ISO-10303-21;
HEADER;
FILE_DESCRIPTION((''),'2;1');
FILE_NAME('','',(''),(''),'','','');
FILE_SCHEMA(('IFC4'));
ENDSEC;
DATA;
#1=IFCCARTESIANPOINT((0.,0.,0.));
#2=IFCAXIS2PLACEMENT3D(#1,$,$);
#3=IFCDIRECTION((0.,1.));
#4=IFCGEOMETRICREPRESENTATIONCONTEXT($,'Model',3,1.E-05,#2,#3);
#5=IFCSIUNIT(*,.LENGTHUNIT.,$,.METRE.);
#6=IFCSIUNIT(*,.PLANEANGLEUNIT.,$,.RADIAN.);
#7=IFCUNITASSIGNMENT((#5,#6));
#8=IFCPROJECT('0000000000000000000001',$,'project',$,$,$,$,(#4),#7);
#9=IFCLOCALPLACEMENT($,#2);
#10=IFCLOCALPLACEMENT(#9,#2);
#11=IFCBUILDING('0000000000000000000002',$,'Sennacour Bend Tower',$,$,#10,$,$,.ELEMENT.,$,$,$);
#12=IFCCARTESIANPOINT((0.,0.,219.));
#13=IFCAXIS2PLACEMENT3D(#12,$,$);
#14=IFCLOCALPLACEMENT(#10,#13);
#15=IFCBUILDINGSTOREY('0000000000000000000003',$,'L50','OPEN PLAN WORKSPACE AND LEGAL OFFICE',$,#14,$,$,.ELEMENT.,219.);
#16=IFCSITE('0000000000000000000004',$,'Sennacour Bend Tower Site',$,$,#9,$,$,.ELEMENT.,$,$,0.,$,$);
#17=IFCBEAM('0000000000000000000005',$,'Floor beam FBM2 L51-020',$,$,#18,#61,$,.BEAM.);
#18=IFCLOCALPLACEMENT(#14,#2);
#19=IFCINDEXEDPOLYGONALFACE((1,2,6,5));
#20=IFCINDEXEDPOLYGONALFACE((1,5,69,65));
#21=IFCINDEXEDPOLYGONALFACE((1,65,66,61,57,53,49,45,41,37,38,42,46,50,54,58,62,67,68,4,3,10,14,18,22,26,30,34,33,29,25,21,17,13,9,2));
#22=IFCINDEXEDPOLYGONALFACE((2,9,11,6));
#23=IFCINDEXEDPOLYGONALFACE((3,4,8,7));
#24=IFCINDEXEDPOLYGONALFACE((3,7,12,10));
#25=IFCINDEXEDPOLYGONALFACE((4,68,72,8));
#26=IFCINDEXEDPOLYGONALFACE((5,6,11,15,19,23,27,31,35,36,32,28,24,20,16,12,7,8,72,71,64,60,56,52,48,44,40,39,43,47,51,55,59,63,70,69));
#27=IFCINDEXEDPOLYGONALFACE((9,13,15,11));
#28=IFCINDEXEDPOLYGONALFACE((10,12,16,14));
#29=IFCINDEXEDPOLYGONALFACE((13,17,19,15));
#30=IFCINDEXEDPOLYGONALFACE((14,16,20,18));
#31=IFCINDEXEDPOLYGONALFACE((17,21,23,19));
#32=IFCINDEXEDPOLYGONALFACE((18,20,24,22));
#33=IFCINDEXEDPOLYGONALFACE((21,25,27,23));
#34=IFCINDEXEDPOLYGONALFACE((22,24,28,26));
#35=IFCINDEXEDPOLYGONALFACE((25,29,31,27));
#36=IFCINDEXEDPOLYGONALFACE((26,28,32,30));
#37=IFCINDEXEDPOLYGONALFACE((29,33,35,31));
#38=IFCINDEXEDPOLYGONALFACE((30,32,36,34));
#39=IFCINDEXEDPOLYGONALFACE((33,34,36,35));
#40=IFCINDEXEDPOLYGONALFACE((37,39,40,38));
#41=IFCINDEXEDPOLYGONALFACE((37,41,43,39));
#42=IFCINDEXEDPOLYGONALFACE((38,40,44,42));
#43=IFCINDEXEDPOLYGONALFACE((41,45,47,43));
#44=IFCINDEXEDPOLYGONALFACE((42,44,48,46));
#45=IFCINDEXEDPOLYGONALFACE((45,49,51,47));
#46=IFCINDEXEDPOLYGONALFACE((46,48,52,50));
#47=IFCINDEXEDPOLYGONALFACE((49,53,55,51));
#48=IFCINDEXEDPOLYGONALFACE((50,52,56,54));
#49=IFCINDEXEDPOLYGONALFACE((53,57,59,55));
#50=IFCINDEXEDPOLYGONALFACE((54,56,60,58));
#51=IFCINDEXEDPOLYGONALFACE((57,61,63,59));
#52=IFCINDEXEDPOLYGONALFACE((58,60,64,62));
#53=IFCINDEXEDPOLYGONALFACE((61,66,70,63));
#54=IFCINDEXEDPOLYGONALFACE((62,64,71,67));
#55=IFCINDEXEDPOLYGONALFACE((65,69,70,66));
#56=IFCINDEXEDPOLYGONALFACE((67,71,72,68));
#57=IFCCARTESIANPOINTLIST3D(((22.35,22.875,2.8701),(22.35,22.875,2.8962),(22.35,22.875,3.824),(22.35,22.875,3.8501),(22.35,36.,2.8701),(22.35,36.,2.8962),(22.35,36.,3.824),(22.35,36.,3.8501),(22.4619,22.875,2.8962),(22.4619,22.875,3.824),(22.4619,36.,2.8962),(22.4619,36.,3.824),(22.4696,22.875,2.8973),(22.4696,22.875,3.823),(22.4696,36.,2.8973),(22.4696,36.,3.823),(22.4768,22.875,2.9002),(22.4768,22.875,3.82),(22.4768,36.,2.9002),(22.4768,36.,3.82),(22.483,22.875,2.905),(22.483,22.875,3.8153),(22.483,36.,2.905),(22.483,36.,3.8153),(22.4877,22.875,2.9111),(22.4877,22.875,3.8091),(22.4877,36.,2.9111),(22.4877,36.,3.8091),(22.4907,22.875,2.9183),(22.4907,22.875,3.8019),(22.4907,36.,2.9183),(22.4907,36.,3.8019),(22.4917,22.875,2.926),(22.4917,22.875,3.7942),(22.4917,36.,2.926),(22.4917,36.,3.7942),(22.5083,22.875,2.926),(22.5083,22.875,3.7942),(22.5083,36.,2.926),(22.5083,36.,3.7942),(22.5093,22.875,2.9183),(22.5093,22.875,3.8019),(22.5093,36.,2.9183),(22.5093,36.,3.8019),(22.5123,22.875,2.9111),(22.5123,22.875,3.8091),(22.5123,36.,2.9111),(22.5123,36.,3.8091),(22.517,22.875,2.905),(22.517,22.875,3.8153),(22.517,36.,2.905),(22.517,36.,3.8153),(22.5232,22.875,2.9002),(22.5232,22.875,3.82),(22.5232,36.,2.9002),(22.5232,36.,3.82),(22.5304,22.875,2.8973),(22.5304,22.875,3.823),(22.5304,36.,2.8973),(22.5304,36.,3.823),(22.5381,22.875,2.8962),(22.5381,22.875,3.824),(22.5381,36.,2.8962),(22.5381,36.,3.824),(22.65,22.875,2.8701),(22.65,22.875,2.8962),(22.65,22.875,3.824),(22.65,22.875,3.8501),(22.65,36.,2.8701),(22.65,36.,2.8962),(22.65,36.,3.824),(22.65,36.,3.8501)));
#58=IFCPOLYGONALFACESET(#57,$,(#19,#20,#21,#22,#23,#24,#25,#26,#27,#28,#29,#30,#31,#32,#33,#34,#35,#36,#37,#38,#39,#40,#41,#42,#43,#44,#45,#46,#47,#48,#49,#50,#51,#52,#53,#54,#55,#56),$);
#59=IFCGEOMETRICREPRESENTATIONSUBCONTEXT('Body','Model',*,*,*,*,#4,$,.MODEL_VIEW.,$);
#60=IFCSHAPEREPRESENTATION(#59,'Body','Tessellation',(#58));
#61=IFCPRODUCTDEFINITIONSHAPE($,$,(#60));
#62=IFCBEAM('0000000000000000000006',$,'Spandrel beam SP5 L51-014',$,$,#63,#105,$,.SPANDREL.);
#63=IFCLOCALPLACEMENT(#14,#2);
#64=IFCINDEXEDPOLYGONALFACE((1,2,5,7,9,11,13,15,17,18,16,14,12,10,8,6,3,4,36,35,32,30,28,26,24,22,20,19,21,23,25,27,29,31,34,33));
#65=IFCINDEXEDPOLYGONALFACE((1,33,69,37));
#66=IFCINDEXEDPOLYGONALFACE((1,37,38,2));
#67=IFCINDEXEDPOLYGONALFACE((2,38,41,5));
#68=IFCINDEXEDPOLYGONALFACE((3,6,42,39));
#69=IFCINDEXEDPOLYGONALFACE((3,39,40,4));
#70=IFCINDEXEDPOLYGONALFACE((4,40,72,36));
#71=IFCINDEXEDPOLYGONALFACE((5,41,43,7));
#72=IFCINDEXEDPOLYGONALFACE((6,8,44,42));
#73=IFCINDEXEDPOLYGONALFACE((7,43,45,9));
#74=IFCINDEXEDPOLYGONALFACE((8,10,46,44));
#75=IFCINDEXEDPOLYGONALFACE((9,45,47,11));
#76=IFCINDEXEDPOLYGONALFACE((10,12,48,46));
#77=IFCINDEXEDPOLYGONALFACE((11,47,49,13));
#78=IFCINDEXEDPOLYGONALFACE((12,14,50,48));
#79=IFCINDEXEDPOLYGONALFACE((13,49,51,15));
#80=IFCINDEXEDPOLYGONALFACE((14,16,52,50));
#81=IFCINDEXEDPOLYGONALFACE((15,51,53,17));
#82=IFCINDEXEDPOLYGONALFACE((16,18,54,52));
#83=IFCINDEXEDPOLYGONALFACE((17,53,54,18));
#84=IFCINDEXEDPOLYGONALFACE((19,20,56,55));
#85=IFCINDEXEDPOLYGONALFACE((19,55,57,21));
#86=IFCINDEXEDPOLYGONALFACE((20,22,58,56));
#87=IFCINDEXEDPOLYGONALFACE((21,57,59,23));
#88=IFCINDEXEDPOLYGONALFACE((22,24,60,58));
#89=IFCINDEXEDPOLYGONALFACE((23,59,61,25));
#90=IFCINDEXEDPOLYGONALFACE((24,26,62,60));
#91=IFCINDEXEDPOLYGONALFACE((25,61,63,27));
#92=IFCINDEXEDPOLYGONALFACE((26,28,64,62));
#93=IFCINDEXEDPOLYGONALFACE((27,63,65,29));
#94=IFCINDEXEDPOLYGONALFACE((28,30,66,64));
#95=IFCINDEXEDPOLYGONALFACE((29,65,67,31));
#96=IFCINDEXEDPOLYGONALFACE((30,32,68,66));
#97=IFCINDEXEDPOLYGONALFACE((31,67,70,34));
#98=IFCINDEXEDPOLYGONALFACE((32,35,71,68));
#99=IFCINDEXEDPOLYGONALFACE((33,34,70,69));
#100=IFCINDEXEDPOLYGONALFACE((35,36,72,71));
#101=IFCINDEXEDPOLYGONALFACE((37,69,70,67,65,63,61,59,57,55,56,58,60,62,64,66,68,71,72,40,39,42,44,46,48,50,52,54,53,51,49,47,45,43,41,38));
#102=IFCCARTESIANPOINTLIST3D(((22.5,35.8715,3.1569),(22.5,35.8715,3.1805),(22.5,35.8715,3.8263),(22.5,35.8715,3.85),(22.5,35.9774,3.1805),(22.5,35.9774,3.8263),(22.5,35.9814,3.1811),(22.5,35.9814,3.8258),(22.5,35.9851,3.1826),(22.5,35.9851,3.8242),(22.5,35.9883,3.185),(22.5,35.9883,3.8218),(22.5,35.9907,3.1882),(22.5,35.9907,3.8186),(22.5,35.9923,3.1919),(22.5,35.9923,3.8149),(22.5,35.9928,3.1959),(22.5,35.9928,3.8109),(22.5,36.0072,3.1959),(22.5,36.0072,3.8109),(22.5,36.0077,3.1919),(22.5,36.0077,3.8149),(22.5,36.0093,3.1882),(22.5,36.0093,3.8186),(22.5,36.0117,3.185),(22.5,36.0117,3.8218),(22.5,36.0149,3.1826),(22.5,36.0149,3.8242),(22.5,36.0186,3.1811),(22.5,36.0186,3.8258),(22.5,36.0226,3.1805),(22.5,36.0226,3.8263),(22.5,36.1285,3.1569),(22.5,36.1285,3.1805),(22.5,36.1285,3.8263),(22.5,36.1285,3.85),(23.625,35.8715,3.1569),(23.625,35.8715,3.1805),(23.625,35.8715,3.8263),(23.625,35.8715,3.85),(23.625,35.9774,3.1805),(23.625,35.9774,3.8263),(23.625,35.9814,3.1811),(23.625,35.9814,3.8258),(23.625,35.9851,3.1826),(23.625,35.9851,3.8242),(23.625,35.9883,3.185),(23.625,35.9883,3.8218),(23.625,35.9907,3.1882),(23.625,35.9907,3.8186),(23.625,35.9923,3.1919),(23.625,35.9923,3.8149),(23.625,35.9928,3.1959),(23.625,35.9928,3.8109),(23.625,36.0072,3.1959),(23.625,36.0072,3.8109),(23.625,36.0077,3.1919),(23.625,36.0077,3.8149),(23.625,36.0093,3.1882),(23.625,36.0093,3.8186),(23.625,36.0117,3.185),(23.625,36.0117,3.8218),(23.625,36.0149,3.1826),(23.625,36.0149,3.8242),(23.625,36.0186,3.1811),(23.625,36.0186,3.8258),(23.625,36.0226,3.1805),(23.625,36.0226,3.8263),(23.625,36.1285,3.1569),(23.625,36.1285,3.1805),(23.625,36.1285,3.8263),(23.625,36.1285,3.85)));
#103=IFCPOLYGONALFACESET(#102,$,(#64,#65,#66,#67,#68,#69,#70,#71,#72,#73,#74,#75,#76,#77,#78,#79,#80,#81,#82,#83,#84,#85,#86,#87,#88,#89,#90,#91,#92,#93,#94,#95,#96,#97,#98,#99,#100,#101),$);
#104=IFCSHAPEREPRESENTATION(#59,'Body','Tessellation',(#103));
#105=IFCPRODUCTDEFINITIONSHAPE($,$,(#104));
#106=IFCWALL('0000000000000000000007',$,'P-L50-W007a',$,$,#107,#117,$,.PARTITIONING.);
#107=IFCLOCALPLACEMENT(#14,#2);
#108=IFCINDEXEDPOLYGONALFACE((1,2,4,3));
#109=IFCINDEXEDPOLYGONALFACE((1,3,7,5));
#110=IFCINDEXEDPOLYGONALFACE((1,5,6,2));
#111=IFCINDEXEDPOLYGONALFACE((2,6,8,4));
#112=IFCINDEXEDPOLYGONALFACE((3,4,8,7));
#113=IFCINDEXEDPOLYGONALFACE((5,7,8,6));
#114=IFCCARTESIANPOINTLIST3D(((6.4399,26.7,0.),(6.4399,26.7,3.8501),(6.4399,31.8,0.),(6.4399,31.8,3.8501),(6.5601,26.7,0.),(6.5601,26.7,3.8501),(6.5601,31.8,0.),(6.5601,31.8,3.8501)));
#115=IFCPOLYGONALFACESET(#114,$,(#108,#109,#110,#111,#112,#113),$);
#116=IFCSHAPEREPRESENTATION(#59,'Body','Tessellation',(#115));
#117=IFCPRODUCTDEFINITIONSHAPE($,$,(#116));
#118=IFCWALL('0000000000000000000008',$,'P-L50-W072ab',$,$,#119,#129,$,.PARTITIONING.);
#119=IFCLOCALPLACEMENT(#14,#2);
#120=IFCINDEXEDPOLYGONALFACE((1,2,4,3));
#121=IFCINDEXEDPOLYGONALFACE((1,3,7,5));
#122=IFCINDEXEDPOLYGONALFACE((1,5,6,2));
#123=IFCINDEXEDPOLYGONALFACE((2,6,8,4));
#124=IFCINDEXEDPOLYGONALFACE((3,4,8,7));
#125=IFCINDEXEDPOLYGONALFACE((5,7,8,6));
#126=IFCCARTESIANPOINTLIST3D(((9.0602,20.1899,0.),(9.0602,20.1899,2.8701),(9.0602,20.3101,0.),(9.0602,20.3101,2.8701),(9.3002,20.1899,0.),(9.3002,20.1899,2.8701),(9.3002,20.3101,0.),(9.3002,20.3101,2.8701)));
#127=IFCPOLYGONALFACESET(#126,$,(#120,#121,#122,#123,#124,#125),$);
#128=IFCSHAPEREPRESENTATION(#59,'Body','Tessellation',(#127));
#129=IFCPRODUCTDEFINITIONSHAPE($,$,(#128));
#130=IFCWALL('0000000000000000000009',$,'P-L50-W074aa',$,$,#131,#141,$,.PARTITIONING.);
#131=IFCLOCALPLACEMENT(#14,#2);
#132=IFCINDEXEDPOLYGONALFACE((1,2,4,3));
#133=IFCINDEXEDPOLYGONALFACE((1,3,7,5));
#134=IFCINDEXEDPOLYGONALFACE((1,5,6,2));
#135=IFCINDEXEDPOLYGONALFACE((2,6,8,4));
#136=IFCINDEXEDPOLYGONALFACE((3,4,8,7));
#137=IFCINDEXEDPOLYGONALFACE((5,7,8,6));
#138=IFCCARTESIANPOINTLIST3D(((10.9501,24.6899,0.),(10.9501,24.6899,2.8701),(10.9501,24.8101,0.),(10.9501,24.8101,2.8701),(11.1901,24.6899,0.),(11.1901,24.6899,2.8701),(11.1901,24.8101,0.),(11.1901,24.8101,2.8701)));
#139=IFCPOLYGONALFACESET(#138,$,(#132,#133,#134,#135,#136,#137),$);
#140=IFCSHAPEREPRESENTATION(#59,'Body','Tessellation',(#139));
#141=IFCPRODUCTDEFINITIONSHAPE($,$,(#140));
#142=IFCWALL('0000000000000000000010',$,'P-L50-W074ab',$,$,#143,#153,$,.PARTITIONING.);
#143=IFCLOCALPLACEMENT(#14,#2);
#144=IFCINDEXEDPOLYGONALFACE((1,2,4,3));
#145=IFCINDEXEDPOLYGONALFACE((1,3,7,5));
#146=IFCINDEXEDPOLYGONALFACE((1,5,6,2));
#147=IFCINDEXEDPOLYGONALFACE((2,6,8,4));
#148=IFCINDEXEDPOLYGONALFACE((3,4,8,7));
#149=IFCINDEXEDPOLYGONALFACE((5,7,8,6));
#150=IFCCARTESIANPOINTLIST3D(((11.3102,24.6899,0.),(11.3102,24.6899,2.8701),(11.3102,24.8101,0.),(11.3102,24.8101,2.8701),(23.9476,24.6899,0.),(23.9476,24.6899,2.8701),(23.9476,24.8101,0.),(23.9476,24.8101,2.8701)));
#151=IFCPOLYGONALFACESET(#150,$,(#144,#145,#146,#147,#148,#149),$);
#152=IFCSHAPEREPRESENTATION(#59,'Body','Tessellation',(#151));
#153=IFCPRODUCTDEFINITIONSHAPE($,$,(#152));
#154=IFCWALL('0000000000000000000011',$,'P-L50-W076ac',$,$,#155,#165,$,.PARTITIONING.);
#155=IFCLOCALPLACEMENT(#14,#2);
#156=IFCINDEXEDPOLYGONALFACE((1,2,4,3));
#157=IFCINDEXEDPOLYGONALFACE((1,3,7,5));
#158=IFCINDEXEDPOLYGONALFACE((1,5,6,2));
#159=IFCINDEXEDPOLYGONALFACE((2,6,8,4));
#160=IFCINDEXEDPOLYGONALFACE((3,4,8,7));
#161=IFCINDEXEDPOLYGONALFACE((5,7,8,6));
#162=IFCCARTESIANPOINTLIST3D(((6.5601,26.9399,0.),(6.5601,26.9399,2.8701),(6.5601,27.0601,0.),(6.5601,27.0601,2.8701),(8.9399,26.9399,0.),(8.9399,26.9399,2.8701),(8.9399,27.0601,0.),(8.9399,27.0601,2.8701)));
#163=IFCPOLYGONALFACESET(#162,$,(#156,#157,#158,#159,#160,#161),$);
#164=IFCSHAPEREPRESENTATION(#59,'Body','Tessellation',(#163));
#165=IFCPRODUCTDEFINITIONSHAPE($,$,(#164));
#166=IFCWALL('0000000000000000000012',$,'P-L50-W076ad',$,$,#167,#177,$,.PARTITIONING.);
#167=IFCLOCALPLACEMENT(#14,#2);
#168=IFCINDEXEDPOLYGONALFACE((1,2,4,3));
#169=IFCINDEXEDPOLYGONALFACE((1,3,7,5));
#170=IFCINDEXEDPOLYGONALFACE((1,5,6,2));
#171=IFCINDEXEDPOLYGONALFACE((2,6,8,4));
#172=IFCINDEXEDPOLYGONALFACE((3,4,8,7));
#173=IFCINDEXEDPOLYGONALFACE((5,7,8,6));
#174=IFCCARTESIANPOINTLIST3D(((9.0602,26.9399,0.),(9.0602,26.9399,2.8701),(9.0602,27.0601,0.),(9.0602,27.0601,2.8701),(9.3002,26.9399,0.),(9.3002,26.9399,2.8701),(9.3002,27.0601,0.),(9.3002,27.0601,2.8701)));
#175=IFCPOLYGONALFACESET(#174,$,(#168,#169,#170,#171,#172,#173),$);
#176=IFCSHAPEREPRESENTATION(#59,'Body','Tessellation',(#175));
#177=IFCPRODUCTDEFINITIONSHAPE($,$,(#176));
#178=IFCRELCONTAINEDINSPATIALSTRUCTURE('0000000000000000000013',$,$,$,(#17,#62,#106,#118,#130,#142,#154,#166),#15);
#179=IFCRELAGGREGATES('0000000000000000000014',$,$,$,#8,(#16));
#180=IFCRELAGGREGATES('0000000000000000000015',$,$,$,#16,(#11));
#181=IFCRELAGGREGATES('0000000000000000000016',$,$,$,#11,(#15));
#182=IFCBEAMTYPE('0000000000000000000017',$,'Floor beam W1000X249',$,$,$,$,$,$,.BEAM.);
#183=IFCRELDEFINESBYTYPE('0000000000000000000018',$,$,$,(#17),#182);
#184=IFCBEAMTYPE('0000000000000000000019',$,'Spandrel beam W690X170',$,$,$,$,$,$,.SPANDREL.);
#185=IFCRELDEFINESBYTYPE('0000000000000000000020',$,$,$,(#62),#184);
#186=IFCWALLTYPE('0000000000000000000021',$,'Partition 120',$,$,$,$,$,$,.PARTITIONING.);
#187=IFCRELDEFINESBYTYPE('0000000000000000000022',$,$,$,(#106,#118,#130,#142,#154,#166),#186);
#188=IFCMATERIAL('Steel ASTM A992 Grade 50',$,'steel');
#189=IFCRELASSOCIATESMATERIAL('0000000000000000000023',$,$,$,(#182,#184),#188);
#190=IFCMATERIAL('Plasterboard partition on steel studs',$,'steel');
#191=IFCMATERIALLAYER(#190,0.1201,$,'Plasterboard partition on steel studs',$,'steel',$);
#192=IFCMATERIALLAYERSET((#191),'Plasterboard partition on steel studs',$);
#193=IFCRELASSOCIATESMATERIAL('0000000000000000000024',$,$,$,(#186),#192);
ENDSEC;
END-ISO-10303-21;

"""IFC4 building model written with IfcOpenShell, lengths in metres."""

from ifc_helpers import new_model, si_unit, direction, frame, frame_2d, origin, origin_2d, place, context, subcontext, project, spatial, rectangle, i_section, extrude, material, layer, layer_set, material_profile, profile_set, type_object, element, save


model = new_model("IFC4")

# Units and contexts
model_context = context("Model", 3, precision=1e-05, world=origin(), true_north=direction((0.0, 1.0)))
body_context = subcontext(model_context, "Body", "Model", "MODEL_VIEW")
ifc_project = project(units=[si_unit("LENGTHUNIT", "METRE"), si_unit("PLANEANGLEUNIT", "RADIAN")], contexts=[model_context])

# Site, building, storey
site_placement = place(None, origin())
site = spatial("IfcSite", under=ifc_project, at=site_placement, Name="Sennacour Bend Tower Site", CompositionType="ELEMENT", RefElevation=0.0)
building_placement = place(site_placement, origin())
building = spatial("IfcBuilding", under=site, at=building_placement, Name="Sennacour Bend Tower", CompositionType="ELEMENT")
storey_placement = place(building_placement, frame((0.0, 0.0, 219.0)))
storey = spatial("IfcBuildingStorey", under=building, at=storey_placement, Name="L50", Description="OPEN PLAN WORKSPACE AND LEGAL OFFICE", CompositionType="ELEMENT", Elevation=219.0)

# Beams
ifc_material_1 = material(Name="Steel ASTM A992 Grade 50", Category="steel")
ifc_material_profile_1 = material_profile(ifc_material_1, i_section(OverallWidth=0.3, OverallDepth=0.98, WebThickness=0.0166, FlangeThickness=0.0261, FilletRadius=0.0298, at=origin_2d()), Name="Steel ASTM A992 Grade 50", Category="steel")
ifc_profile_set_1 = profile_set([ifc_material_profile_1], Name="Steel ASTM A992 Grade 50")
beam_type_1 = type_object("IfcBeamType", Name="Floor beam W1000X249", PredefinedType="BEAM", material=ifc_profile_set_1)
beam_1_placement = place(storey_placement, frame((22.5, 22.875, 3.3601), z_axis=(0.0, 1.0, 0.0), x_axis=(-1.0, 0.0, 0.0)))
element("IfcBeam", 1, at=beam_1_placement, inside=storey, type_object=beam_type_1, Name="Floor beam FBM2 L51-020", PredefinedType="BEAM", context=body_context, shape_type="SweptSolid", body=[
    extrude(i_section(OverallWidth=0.3, OverallDepth=0.98, WebThickness=0.0166, FlangeThickness=0.0261, FilletRadius=0.0298, at=origin_2d()), origin(), (0.0, 0.0, 1.0), 13.125),
])
ifc_material_profile_2 = material_profile(ifc_material_1, i_section(OverallWidth=0.2571, OverallDepth=0.6931, WebThickness=0.0144, FlangeThickness=0.0237, FilletRadius=0.0154, at=origin_2d()), Name="Steel ASTM A992 Grade 50", Category="steel")
ifc_profile_set_2 = profile_set([ifc_material_profile_2], Name="Steel ASTM A992 Grade 50")
beam_type_2 = type_object("IfcBeamType", Name="Spandrel beam W690X170", PredefinedType="SPANDREL", material=ifc_profile_set_2)
beam_2_placement = place(storey_placement, frame((22.5, 36.0, 3.5034), z_axis=(1.0, 0.0, 0.0), x_axis=(0.0, 1.0, 0.0)))
element("IfcBeam", 2, at=beam_2_placement, inside=storey, type_object=beam_type_2, Name="Spandrel beam SP5 L51-014", PredefinedType="SPANDREL", context=body_context, shape_type="SweptSolid", body=[
    extrude(i_section(OverallWidth=0.2571, OverallDepth=0.6931, WebThickness=0.0144, FlangeThickness=0.0237, FilletRadius=0.0154, at=origin_2d()), origin(), (0.0, 0.0, 1.0), 1.125),
])

# Walls
ifc_material_2 = material(Name="Plasterboard partition on steel studs", Category="steel")
ifc_layer_1 = layer(ifc_material_2, 0.1201, Name="Plasterboard partition on steel studs", Category="steel")
ifc_layer_set_1 = layer_set([ifc_layer_1], Name="Plasterboard partition on steel studs")
wall_type_1 = type_object("IfcWallType", Name="Partition 120", PredefinedType="PARTITIONING", material=ifc_layer_set_1)
wall_1_placement = place(storey_placement, frame((6.5, 26.7, 0.0), z_axis=(0.0, 0.0, 1.0), x_axis=(0.0, 1.0, 0.0)))
element("IfcWall", 3, at=wall_1_placement, inside=storey, type_object=wall_type_1, Name="P-L50-W007a", PredefinedType="PARTITIONING", context=body_context, shape_type="SweptSolid", body=[
    extrude(rectangle(XDim=5.1001, YDim=0.1201, at=frame_2d((2.55, 0.0))), origin(), (0.0, 0.0, 1.0), 3.8501),
])
for number, where, z_axis, x_axis, name in (
    (4, (9.0601, 20.25, 0.0), (0.0, 0.0, 1.0), (1.0, 0.0, 0.0), "P-L50-W072ab"),
    (5, (10.95, 24.75, 0.0), (0.0, 0.0, 1.0), (1.0, 0.0, 0.0), "P-L50-W074aa"),
):
    element("IfcWall", number, at=place(storey_placement, frame(where, z_axis=z_axis, x_axis=x_axis)), inside=storey, type_object=wall_type_1, Name=name, PredefinedType="PARTITIONING", context=body_context, shape_type="SweptSolid", body=[
        extrude(rectangle(XDim=0.24, YDim=0.1201, at=frame_2d((0.1201, 0.0))), origin(), (0.0, 0.0, 1.0), 2.8701),
    ])
wall_2_placement = place(storey_placement, frame((11.3101, 24.75, 0.0), z_axis=(0.0, 0.0, 1.0), x_axis=(1.0, 0.0, 0.0)))
element("IfcWall", 6, at=wall_2_placement, inside=storey, type_object=wall_type_1, Name="P-L50-W074ab", PredefinedType="PARTITIONING", context=body_context, shape_type="SweptSolid", body=[
    extrude(rectangle(XDim=12.6375, YDim=0.1201, at=frame_2d((6.3188, 0.0))), origin(), (0.0, 0.0, 1.0), 2.8701),
])
wall_3_placement = place(storey_placement, frame((6.5601, 27.0, 0.0), z_axis=(0.0, 0.0, 1.0), x_axis=(1.0, 0.0, 0.0)))
element("IfcWall", 7, at=wall_3_placement, inside=storey, type_object=wall_type_1, Name="P-L50-W076ac", PredefinedType="PARTITIONING", context=body_context, shape_type="SweptSolid", body=[
    extrude(rectangle(XDim=2.3799, YDim=0.1201, at=frame_2d((1.1899, 0.0))), origin(), (0.0, 0.0, 1.0), 2.8701),
])
wall_4_placement = place(storey_placement, frame((9.0601, 27.0, 0.0), z_axis=(0.0, 0.0, 1.0), x_axis=(1.0, 0.0, 0.0)))
element("IfcWall", 8, at=wall_4_placement, inside=storey, type_object=wall_type_1, Name="P-L50-W076ad", PredefinedType="PARTITIONING", context=body_context, shape_type="SweptSolid", body=[
    extrude(rectangle(XDim=0.24, YDim=0.1201, at=frame_2d((0.1201, 0.0))), origin(), (0.0, 0.0, 1.0), 2.8701),
])

save(model, "model.ifc")
